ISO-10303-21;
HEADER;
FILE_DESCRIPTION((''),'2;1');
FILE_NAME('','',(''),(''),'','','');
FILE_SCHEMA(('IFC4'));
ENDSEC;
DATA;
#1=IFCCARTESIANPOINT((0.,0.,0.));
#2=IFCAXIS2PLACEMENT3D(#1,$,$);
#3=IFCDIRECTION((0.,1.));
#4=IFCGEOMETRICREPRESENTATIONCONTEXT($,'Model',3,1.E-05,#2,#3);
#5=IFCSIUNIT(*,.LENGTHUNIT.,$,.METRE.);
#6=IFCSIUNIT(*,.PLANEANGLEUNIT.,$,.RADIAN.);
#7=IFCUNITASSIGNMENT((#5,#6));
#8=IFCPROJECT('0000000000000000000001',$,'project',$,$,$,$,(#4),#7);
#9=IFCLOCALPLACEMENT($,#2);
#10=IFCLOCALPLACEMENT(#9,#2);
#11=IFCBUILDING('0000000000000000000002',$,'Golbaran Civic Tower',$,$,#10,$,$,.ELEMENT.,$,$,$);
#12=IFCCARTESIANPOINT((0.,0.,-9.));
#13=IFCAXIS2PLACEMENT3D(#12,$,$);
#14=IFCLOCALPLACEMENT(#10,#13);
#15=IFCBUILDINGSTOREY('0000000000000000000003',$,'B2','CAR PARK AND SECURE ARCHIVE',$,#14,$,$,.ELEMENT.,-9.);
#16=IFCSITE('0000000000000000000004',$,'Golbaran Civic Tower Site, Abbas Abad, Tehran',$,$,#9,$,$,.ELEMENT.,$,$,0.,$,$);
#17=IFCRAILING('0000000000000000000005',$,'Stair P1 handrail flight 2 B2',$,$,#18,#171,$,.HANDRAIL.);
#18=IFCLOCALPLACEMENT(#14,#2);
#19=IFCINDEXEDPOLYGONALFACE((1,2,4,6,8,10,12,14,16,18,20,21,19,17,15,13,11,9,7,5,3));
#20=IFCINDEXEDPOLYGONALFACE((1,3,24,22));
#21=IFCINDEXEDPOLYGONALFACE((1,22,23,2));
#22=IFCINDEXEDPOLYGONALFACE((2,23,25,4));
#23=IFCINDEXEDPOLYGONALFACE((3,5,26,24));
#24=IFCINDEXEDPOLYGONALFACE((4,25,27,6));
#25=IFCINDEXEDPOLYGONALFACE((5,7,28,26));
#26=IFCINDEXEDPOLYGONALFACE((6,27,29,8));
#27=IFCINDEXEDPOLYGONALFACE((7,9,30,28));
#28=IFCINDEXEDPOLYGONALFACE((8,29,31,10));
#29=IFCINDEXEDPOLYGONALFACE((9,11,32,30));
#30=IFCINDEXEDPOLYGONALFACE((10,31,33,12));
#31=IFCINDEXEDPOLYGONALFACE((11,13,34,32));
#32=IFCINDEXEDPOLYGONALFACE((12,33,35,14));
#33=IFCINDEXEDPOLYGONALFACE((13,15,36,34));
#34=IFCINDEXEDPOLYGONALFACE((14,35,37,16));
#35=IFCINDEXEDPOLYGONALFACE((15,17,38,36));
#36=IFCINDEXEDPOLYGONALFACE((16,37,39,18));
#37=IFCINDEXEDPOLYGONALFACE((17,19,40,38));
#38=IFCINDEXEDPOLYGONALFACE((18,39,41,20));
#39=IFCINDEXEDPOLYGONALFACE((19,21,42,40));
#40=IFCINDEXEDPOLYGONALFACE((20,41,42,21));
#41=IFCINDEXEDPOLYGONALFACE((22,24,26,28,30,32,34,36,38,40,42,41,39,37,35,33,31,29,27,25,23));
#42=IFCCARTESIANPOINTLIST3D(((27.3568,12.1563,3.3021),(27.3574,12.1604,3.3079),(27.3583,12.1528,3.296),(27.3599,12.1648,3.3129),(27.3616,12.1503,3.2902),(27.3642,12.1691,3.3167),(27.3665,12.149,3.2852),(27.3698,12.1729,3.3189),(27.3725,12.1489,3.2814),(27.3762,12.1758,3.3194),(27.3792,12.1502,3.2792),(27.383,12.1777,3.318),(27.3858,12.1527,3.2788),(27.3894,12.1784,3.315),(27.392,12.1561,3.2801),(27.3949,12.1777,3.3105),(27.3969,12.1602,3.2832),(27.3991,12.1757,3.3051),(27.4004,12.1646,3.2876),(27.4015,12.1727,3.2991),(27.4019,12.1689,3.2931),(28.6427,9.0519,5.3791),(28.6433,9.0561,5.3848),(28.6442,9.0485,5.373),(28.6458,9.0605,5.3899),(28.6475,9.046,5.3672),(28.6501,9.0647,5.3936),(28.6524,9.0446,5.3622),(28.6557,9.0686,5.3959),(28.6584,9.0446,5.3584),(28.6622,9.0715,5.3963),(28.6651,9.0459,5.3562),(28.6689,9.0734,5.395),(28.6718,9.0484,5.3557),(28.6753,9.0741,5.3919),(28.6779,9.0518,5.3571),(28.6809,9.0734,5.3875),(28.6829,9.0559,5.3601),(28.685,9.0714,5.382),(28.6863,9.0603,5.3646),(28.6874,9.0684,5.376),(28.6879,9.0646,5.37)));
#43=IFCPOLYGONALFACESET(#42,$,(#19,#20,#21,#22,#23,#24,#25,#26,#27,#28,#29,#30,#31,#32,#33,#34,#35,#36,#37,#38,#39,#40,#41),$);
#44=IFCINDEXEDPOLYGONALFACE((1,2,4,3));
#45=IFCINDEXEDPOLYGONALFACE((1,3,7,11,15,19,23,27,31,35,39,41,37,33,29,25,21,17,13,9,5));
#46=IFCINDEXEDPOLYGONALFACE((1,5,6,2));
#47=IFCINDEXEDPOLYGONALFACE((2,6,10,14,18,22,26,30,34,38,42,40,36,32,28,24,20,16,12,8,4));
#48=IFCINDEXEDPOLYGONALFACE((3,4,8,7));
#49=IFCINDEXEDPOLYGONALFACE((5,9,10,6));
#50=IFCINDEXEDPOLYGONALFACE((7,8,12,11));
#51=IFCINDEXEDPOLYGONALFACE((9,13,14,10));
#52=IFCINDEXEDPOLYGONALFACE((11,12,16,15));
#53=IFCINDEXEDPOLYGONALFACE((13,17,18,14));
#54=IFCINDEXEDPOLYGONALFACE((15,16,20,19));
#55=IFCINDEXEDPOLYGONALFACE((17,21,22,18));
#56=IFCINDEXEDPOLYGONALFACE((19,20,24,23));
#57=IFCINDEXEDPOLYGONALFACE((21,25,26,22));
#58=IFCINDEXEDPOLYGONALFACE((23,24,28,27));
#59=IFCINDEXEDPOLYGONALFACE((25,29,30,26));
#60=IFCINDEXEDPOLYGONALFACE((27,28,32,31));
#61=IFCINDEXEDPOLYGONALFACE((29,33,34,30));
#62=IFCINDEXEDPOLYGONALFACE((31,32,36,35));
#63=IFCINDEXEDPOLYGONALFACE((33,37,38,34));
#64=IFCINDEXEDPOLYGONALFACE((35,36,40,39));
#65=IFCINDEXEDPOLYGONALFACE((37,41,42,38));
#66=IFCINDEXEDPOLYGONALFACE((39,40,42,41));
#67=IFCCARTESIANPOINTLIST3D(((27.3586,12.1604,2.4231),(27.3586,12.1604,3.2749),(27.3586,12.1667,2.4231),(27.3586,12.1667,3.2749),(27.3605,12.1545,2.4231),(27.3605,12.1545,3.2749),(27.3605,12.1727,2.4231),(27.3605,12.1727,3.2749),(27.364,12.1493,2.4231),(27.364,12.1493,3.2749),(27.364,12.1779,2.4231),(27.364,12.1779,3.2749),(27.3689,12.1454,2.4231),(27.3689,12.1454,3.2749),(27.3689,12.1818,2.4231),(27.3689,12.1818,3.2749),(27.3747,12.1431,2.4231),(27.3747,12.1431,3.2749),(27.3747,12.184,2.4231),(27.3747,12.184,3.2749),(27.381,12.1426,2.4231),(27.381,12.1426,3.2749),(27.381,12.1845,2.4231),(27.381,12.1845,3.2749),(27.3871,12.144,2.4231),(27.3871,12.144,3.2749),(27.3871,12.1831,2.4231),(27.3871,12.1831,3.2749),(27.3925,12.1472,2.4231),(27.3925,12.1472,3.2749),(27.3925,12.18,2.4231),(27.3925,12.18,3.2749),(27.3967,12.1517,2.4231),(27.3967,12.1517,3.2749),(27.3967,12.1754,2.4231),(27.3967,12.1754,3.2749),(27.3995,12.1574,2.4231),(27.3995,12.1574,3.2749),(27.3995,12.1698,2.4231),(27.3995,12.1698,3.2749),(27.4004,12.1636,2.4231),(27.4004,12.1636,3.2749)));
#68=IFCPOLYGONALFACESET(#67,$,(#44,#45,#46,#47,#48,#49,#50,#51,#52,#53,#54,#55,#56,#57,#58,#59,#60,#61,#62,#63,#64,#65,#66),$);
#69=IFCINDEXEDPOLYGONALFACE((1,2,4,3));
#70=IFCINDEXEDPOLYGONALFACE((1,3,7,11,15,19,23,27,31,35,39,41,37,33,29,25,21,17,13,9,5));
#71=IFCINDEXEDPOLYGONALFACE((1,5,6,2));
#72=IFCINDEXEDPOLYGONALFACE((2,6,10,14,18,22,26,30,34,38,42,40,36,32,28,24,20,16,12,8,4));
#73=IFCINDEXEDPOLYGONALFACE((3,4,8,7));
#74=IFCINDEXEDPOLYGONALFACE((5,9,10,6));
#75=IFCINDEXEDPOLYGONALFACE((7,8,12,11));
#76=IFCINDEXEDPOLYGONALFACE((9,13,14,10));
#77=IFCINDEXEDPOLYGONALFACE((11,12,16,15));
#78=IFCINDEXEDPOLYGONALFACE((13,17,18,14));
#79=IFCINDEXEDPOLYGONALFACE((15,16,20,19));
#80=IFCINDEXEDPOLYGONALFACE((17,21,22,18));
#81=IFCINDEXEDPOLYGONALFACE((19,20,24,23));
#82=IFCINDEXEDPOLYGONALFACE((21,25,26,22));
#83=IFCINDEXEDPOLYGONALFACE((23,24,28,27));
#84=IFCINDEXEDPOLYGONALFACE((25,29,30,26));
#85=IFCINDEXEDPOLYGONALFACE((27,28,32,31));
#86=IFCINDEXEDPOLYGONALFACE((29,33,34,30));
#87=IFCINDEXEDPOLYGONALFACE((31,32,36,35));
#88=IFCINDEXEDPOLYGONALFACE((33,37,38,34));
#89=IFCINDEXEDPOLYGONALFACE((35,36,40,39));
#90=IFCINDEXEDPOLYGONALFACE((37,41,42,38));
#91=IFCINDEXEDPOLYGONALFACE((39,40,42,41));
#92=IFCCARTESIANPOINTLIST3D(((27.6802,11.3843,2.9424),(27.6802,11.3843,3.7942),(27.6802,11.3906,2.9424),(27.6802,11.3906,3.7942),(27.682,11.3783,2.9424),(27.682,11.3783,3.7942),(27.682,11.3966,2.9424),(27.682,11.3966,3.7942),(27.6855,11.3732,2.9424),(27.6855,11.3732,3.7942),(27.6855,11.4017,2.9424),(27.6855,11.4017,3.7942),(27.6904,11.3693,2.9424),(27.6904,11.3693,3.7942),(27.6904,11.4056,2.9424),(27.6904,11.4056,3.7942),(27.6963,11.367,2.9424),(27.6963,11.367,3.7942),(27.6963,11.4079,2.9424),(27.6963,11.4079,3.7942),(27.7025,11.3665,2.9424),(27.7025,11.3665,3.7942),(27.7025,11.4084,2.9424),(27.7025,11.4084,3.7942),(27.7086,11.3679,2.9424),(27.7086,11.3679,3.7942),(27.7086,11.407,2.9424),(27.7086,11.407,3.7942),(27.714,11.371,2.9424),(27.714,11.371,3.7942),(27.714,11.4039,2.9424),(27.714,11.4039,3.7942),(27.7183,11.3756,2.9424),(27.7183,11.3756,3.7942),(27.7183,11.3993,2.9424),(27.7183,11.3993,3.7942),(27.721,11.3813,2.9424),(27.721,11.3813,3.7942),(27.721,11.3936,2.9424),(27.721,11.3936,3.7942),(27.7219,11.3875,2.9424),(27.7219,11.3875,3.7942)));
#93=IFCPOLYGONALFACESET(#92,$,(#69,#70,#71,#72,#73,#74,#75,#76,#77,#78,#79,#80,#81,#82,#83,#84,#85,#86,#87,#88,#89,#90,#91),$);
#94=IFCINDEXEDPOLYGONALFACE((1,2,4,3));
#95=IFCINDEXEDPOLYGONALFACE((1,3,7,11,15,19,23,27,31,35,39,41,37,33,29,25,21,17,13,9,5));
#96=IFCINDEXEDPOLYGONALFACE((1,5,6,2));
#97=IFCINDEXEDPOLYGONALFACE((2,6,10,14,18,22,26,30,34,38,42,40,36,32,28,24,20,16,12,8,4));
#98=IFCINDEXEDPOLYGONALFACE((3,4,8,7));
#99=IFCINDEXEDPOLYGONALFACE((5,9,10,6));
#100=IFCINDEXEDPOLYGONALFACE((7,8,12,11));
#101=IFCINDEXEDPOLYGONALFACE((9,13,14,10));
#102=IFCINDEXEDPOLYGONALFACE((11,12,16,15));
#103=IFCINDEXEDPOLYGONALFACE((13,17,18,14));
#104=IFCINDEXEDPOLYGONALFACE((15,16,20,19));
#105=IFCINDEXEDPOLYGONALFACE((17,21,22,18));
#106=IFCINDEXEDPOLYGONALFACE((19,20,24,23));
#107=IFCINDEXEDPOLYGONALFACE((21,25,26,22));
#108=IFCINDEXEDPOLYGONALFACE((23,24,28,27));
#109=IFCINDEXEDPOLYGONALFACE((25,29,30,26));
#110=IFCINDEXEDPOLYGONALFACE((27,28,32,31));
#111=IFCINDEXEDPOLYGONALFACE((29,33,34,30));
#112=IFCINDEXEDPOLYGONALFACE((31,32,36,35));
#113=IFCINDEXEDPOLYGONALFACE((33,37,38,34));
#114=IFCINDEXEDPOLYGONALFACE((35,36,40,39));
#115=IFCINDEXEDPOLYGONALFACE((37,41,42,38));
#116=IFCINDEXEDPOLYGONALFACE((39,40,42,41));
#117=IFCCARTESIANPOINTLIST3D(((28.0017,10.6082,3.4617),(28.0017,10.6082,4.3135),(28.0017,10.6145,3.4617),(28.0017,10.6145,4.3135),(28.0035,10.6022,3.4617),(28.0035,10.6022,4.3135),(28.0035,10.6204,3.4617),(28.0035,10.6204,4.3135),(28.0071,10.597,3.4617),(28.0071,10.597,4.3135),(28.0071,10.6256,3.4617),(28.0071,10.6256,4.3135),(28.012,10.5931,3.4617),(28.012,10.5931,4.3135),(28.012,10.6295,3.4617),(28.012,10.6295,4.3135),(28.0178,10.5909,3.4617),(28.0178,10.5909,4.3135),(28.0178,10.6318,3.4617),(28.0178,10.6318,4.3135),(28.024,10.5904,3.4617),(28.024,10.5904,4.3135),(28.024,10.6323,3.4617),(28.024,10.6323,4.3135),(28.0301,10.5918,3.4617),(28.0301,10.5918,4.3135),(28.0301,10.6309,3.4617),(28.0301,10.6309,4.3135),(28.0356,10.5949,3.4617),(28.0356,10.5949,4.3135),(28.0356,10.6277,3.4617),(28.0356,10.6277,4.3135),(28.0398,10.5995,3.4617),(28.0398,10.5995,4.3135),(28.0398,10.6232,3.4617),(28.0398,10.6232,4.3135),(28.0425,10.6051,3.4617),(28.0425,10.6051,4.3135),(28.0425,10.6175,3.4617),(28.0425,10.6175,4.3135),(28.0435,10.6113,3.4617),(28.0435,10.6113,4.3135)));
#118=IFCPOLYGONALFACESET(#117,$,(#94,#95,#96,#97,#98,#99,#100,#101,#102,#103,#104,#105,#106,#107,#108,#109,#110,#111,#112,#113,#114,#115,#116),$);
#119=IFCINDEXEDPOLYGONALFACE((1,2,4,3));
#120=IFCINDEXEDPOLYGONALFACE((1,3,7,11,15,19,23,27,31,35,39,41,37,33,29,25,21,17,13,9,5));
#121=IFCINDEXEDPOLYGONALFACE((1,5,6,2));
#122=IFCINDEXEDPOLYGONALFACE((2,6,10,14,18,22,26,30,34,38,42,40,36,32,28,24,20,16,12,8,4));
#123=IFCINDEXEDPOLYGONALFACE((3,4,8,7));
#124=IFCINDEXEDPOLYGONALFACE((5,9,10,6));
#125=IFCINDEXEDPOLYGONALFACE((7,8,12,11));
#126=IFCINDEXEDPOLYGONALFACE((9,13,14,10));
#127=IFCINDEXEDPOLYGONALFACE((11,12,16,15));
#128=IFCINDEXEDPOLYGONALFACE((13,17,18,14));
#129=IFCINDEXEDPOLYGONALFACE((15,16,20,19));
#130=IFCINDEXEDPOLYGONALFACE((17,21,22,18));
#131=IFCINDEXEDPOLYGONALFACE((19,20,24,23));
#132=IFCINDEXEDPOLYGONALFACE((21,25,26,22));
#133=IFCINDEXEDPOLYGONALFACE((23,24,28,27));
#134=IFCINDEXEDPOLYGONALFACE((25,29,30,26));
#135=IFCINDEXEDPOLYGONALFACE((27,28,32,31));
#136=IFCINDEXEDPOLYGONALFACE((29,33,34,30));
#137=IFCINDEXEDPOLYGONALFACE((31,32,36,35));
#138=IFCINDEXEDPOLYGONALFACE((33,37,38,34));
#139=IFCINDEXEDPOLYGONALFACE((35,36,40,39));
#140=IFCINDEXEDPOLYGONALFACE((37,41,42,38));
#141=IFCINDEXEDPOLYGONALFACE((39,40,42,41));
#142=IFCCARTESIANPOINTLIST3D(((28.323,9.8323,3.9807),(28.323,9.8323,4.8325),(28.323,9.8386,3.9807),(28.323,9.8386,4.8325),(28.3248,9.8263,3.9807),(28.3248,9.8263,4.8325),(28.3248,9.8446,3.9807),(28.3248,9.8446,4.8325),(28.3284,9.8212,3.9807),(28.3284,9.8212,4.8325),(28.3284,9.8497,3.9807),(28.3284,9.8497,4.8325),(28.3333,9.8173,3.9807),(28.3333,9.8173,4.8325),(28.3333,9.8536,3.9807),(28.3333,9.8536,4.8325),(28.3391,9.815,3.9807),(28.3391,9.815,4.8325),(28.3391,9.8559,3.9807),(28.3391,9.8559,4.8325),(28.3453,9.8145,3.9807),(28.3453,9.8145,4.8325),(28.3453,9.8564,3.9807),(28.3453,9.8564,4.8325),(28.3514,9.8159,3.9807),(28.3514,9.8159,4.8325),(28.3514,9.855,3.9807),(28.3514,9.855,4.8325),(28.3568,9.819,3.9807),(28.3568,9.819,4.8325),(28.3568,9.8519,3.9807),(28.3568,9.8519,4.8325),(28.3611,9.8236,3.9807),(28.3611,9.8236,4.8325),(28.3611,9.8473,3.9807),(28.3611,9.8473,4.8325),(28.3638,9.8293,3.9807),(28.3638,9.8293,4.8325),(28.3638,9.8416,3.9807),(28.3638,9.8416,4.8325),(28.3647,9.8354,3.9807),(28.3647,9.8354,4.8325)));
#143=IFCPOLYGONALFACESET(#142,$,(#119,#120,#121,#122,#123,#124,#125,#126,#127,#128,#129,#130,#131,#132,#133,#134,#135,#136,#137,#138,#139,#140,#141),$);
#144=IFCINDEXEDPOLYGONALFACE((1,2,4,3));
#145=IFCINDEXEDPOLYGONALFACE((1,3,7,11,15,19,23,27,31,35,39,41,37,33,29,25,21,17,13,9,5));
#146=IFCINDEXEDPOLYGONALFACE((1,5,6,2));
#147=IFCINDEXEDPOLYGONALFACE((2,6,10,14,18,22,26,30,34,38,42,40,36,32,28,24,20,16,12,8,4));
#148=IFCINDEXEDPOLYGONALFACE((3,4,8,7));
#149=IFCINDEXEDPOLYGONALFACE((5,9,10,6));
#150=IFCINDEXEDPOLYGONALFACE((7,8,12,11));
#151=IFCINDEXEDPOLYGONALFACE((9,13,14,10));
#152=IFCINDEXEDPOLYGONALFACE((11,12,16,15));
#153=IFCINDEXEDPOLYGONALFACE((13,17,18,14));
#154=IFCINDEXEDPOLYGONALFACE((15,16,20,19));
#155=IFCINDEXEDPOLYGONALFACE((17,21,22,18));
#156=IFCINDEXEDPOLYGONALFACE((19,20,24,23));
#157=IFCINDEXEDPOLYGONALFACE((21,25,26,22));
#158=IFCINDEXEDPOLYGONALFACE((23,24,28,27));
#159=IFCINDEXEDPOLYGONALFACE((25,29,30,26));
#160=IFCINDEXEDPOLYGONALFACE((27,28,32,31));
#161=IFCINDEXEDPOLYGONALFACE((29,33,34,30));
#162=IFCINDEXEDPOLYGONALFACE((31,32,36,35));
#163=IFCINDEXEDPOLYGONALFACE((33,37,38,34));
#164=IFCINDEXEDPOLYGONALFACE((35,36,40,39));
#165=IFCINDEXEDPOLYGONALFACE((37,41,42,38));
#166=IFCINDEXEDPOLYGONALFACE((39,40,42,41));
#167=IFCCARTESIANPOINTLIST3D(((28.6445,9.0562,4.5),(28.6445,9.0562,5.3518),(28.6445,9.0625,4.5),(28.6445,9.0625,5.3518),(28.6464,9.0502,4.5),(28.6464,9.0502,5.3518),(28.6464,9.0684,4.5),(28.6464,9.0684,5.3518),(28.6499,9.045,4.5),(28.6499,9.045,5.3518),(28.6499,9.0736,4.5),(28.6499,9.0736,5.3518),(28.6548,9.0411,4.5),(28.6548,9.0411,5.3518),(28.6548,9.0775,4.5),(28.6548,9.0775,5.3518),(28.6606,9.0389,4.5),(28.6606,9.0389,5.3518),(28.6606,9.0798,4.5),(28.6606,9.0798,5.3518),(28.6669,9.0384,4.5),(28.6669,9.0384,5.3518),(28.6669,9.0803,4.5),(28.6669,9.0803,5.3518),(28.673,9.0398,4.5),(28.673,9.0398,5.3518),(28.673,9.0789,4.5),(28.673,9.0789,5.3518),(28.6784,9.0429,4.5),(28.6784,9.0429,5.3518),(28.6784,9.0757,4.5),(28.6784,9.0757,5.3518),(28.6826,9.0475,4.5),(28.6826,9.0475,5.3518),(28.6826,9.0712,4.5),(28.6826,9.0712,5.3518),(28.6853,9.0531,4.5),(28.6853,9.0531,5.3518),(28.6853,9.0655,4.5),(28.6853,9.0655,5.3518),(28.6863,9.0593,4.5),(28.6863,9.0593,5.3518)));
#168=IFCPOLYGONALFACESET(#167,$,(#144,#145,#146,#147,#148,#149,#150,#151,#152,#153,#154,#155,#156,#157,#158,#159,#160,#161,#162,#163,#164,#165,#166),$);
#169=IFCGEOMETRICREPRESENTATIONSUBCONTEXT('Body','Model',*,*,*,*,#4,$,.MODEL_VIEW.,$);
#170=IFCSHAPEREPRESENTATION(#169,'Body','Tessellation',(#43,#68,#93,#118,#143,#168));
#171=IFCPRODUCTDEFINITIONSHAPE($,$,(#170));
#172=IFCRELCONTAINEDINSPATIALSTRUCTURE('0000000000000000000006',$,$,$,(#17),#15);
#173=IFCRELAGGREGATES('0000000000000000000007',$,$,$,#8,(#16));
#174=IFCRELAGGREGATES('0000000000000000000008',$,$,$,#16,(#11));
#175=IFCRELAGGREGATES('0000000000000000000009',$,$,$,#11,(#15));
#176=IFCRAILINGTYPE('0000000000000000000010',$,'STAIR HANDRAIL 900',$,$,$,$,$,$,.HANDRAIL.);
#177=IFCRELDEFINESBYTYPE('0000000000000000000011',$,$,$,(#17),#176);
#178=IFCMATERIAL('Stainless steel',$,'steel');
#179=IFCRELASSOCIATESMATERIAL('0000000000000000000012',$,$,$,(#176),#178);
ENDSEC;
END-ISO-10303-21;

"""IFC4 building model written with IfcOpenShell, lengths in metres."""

from ifc_helpers import new_model, si_unit, direction, frame, origin, origin_2d, place, context, subcontext, project, spatial, circle, extrude, material, type_object, element, save


model = new_model("IFC4")

# Units and contexts
model_context = context("Model", 3, precision=1e-05, world=origin(), true_north=direction((0.0, 1.0)))
body_context = subcontext(model_context, "Body", "Model", "MODEL_VIEW")
ifc_project = project(units=[si_unit("LENGTHUNIT", "METRE"), si_unit("PLANEANGLEUNIT", "RADIAN")], contexts=[model_context])

# Site, building, storey
site_placement = place(None, origin())
site = spatial("IfcSite", under=ifc_project, at=site_placement, Name="Golbaran Civic Tower Site, Abbas Abad, Tehran", CompositionType="ELEMENT", RefElevation=0.0)
building_placement = place(site_placement, origin())
building = spatial("IfcBuilding", under=site, at=building_placement, Name="Golbaran Civic Tower", CompositionType="ELEMENT")
storey_placement = place(building_placement, frame((0.0, 0.0, -9.0)))
storey = spatial("IfcBuildingStorey", under=building, at=storey_placement, Name="B2", Description="CAR PARK AND SECURE ARCHIVE", CompositionType="ELEMENT", Elevation=-9.0)

# Railing
ifc_material_1 = material(Name="Stainless steel", Category="steel")
railing_type_1 = type_object("IfcRailingType", Name="STAIR HANDRAIL 900", PredefinedType="HANDRAIL", material=ifc_material_1)
railing_1_placement = place(storey_placement, frame((27.3794, 12.1636, 2.4231)))
element("IfcRailing", 1, at=railing_1_placement, inside=storey, type_object=railing_type_1, Name="Stair P1 handrail flight 2 B2", PredefinedType="HANDRAIL", context=body_context, shape_type="SweptSolid", body=[
    extrude(circle(Radius=0.0239, at=origin_2d()), frame((0.0, 0.0, 0.876), z_axis=(0.325532, -0.785863, 0.525783), x_axis=(0.923872, 0.3827, 0.0)), (0.0, 0.0, 1.0), 3.9502),
    extrude(circle(Radius=0.021, at=origin_2d()), origin(), (0.0, 0.0, 1.0), 0.8518),
    extrude(circle(Radius=0.021, at=origin_2d()), frame((0.3215, -0.7761, 0.5193)), (0.0, 0.0, 1.0), 0.8518),
    extrude(circle(Radius=0.021, at=origin_2d()), frame((0.6431, -1.5522, 1.0386)), (0.0, 0.0, 1.0), 0.8518),
    extrude(circle(Radius=0.021, at=origin_2d()), frame((0.9644, -2.3281, 1.5576)), (0.0, 0.0, 1.0), 0.8518),
    extrude(circle(Radius=0.021, at=origin_2d()), frame((1.2859, -3.1042, 2.0769)), (0.0, 0.0, 1.0), 0.8518),
])

save(model, "model.ifc")
